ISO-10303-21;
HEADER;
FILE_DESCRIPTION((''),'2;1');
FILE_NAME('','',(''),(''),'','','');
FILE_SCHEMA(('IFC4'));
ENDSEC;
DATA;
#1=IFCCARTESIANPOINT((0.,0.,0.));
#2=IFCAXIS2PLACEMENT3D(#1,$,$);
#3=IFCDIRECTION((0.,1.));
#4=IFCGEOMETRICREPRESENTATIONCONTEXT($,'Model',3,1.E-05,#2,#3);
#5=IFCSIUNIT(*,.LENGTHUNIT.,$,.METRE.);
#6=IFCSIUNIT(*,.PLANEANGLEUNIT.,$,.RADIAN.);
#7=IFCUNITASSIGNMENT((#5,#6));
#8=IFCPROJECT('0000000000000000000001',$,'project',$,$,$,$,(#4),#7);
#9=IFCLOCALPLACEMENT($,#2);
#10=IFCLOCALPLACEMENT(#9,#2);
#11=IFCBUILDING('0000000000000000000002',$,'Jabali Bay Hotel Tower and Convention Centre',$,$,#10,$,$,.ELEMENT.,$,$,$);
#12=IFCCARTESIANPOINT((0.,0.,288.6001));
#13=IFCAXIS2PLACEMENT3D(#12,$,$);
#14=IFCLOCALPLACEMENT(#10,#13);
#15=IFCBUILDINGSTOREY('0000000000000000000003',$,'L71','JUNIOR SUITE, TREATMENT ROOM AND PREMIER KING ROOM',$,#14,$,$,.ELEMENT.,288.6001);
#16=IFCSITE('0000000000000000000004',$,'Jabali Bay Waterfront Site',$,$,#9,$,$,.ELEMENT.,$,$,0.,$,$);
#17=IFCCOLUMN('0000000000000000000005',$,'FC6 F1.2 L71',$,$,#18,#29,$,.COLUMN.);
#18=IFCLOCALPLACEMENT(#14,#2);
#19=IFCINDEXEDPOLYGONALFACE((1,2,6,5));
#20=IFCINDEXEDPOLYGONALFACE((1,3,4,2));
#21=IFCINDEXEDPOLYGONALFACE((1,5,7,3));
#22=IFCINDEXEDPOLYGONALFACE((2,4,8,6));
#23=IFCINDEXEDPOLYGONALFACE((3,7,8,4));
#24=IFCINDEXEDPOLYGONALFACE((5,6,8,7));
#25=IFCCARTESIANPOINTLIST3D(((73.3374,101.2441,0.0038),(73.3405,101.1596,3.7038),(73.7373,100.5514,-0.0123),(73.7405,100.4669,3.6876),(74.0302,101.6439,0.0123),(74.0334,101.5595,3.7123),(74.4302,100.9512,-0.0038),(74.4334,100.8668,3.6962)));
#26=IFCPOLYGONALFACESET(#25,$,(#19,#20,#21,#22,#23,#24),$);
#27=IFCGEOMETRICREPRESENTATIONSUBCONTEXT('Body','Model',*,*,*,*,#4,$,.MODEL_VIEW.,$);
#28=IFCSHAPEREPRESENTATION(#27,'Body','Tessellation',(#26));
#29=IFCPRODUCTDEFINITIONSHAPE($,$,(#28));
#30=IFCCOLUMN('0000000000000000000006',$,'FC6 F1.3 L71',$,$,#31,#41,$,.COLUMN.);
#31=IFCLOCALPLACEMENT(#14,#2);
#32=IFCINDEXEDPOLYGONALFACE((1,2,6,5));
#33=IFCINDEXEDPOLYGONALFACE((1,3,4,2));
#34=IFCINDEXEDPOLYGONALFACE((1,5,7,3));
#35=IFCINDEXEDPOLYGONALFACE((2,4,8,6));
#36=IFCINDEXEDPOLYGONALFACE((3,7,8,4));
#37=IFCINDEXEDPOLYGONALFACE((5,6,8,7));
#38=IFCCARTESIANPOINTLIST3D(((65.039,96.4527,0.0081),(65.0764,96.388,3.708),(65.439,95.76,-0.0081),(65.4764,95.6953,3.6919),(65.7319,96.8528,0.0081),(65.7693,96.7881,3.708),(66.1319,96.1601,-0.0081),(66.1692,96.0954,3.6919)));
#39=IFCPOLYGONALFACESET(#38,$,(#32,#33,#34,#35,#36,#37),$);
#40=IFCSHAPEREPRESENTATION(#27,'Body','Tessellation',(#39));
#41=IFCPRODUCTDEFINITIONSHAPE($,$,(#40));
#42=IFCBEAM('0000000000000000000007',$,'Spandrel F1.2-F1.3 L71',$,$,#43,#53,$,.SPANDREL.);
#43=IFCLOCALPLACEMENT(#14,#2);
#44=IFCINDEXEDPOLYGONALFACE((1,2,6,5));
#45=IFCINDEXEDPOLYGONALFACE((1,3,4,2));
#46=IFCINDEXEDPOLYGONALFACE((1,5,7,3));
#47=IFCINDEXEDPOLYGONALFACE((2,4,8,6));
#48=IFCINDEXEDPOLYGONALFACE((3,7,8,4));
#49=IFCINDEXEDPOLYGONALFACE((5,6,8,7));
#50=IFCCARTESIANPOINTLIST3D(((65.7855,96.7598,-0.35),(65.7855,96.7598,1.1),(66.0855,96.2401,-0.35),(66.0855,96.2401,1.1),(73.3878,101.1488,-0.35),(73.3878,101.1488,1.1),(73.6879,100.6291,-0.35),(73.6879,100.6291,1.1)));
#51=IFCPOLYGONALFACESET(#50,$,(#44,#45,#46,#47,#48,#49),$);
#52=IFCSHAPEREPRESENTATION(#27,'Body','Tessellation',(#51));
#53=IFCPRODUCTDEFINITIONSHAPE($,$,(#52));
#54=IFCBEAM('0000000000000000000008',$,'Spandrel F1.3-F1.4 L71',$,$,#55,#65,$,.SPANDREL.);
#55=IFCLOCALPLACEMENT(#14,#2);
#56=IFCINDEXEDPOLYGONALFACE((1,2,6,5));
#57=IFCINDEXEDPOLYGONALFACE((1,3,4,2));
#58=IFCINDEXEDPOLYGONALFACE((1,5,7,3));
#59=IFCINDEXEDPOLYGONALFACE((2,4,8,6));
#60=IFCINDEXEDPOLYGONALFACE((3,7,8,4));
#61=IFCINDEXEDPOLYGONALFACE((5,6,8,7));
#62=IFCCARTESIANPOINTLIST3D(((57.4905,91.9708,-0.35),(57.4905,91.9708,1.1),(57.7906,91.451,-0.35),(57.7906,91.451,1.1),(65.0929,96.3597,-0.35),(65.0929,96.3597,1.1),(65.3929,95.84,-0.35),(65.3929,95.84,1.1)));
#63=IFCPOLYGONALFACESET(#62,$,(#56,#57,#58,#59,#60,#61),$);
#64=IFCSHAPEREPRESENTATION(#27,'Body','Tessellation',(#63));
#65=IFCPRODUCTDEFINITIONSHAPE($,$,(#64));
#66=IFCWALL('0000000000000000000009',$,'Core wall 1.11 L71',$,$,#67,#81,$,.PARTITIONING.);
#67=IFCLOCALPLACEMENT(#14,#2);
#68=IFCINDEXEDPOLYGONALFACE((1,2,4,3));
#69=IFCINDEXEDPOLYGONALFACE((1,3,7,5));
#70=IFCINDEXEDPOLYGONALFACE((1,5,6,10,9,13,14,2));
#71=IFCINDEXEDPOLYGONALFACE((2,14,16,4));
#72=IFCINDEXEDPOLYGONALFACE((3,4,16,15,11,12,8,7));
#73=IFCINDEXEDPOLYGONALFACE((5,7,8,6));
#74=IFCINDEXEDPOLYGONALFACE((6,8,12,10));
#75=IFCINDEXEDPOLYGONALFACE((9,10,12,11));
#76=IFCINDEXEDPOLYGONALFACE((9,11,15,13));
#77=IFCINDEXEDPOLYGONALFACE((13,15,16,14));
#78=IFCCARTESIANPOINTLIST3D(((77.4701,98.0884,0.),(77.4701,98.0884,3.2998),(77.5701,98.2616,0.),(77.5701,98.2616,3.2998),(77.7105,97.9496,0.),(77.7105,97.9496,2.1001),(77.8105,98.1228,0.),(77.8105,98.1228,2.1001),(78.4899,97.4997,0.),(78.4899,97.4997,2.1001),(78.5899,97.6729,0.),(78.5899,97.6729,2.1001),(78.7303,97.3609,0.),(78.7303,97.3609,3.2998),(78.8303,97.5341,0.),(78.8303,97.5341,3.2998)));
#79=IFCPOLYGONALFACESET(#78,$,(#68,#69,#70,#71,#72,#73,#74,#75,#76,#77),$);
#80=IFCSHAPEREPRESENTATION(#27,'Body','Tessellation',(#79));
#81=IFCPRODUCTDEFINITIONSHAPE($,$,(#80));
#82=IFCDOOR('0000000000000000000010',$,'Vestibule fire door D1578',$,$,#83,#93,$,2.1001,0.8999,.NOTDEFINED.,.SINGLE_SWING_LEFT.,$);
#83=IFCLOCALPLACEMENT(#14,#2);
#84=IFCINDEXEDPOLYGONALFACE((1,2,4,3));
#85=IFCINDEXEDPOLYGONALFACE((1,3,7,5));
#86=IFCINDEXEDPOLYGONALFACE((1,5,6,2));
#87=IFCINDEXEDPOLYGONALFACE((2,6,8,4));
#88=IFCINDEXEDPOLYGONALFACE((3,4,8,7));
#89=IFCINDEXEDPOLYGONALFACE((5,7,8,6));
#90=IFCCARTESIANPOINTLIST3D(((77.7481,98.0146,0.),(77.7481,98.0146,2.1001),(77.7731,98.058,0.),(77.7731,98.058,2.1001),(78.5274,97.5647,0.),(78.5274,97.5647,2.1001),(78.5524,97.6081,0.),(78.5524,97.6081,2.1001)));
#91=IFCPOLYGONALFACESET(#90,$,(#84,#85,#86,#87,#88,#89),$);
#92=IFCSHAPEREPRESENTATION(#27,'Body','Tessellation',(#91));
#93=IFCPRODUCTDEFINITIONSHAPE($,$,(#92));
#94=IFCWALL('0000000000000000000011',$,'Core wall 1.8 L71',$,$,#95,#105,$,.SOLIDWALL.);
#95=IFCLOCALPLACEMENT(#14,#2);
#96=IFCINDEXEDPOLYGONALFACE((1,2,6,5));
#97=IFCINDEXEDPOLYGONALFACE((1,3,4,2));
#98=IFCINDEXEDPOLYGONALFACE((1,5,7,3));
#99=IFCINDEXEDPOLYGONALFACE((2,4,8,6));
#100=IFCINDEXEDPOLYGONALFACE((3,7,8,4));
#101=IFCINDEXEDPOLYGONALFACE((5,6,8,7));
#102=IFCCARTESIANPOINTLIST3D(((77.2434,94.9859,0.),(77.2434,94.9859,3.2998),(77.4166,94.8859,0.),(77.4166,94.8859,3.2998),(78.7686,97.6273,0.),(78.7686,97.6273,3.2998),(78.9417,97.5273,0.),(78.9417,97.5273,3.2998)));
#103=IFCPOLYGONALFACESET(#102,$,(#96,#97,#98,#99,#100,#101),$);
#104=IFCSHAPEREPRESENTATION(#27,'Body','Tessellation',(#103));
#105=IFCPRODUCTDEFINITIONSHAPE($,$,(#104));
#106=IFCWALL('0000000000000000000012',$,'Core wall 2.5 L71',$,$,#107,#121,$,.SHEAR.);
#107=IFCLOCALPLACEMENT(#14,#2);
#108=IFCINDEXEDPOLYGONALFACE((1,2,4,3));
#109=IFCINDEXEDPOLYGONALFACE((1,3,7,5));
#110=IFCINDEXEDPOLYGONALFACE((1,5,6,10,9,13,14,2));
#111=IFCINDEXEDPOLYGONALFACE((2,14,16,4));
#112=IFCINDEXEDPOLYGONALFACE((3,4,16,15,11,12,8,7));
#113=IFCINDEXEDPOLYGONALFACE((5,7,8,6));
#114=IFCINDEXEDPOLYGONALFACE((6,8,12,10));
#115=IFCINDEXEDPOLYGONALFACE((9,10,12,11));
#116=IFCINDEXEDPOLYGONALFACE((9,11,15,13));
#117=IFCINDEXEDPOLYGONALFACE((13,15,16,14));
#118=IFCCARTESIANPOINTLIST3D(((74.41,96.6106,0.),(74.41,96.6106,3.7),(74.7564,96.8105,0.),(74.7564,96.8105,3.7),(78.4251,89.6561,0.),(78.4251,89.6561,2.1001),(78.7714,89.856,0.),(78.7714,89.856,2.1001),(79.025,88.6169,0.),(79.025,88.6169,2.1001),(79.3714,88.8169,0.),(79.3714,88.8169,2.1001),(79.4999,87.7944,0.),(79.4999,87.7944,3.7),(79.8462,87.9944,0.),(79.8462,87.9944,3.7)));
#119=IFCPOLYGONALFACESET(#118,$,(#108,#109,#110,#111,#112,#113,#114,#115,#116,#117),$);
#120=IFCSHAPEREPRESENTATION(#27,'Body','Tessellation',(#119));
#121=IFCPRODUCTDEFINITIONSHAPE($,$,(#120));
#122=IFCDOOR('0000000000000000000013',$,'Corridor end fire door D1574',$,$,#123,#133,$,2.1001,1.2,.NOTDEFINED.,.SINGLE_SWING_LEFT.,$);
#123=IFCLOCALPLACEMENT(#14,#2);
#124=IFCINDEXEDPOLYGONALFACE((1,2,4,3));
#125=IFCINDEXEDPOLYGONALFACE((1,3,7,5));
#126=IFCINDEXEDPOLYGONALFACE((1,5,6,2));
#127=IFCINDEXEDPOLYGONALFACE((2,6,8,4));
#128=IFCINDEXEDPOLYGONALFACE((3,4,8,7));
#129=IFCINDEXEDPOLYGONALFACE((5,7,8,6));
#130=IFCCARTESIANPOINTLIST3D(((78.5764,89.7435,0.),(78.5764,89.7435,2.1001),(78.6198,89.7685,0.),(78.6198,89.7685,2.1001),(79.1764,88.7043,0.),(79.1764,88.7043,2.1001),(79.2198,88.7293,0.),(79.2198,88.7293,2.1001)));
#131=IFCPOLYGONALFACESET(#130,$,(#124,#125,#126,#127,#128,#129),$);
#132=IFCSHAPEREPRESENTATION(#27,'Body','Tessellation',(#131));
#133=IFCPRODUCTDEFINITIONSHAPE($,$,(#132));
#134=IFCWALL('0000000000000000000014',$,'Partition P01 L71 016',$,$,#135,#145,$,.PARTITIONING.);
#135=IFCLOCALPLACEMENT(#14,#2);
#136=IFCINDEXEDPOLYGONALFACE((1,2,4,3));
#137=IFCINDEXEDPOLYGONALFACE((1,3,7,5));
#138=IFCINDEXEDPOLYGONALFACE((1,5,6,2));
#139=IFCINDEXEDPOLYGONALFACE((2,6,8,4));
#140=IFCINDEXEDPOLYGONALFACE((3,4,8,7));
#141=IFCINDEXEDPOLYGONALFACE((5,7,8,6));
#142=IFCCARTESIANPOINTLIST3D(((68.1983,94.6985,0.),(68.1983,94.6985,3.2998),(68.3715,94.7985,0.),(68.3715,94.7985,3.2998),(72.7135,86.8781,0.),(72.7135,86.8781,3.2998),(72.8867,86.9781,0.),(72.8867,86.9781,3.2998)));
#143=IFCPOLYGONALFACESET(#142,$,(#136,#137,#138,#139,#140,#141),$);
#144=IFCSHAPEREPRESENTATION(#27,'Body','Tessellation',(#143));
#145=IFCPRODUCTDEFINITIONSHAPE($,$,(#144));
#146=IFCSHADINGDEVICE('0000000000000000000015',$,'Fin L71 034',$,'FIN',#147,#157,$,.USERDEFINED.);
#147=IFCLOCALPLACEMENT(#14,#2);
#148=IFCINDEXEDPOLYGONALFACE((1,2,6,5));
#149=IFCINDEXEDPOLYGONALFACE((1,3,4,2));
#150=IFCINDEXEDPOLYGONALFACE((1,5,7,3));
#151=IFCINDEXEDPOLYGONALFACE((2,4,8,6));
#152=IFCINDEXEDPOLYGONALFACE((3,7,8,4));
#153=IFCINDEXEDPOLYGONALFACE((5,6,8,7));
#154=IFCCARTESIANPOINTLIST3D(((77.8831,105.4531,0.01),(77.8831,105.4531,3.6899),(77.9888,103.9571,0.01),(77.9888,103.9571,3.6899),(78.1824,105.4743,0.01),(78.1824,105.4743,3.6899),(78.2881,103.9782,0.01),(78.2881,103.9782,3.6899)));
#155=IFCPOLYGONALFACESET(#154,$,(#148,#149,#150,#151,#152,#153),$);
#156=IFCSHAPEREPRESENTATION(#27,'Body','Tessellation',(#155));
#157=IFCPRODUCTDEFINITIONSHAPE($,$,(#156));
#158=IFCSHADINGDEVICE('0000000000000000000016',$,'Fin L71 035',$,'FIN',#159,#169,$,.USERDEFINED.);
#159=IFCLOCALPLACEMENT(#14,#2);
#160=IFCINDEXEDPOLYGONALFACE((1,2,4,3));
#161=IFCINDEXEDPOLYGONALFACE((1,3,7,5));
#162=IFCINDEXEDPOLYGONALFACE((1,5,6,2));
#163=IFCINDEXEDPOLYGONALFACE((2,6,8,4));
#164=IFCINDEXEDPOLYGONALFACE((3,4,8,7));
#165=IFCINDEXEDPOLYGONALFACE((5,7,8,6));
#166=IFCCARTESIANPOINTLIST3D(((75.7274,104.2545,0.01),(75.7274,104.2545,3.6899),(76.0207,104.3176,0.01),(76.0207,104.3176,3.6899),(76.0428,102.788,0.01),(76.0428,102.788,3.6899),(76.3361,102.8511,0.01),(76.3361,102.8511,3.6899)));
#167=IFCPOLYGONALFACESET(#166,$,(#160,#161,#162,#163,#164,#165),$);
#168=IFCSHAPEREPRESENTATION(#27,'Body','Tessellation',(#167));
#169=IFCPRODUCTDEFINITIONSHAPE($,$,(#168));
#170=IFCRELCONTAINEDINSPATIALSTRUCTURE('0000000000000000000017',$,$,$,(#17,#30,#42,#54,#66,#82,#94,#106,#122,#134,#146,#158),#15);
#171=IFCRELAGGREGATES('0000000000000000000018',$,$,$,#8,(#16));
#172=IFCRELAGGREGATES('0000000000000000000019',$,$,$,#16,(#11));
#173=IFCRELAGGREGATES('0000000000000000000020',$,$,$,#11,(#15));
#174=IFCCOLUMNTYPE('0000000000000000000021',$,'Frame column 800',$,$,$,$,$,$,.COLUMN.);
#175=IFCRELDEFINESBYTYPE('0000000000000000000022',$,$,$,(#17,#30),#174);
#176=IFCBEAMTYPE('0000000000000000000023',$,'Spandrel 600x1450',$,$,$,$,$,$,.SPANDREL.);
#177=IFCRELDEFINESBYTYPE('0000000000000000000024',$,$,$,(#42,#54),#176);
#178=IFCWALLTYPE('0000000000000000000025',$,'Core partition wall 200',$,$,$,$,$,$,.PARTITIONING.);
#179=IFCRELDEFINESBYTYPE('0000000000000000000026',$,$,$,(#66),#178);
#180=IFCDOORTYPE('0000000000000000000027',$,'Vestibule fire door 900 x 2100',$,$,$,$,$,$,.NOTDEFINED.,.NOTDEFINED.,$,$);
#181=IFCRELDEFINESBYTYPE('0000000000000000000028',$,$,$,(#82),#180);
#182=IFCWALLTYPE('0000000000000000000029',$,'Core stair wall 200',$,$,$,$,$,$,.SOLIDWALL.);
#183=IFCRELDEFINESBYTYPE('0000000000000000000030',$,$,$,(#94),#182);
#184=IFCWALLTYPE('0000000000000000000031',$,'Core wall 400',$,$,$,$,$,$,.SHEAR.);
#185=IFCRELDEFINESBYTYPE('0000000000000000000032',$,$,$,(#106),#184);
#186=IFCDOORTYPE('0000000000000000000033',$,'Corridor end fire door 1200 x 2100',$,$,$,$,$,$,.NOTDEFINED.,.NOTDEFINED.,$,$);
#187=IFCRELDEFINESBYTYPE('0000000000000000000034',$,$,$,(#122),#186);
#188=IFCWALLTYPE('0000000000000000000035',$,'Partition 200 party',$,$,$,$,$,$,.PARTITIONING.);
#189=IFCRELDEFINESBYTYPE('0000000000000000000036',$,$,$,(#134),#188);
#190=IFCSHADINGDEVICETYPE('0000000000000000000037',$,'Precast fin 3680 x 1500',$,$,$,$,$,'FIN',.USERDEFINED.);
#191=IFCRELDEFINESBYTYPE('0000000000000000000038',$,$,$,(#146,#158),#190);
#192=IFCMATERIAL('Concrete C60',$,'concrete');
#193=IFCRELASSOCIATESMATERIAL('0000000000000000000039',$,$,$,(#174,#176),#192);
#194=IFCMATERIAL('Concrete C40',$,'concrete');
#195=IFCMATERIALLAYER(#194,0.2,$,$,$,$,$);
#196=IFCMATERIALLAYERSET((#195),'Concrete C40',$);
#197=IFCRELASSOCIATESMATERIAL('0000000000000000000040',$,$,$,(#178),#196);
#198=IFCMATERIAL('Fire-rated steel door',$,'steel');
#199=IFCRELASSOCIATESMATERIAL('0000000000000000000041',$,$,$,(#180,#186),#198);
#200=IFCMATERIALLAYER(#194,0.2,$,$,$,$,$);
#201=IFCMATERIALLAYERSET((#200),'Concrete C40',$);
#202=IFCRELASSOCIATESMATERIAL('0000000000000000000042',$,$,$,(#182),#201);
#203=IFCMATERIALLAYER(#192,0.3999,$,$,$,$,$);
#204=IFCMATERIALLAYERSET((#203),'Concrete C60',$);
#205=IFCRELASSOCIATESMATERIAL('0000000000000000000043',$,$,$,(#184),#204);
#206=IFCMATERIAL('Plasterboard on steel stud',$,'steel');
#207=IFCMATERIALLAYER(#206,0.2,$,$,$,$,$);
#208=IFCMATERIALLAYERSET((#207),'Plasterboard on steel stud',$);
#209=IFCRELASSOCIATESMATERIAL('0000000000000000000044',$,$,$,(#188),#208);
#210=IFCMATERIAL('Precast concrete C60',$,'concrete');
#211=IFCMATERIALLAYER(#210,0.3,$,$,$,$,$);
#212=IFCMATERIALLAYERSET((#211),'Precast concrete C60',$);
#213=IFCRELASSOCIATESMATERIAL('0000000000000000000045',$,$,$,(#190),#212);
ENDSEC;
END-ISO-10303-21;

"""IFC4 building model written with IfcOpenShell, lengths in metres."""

from ifc_helpers import new_model, si_unit, direction, frame, frame_2d, origin, origin_2d, place, context, subcontext, project, spatial, rectangle, extrude, material, layer, layer_set, material_profile, profile_set, type_object, element, fill, save


model = new_model("IFC4")

# Units and contexts
model_context = context("Model", 3, precision=1e-05, world=origin(), true_north=direction((0.0, 1.0)))
body_context = subcontext(model_context, "Body", "Model", "MODEL_VIEW")
ifc_project = project(units=[si_unit("LENGTHUNIT", "METRE"), si_unit("PLANEANGLEUNIT", "RADIAN")], contexts=[model_context])

# Site, building, storey
site_placement = place(None, origin())
site = spatial("IfcSite", under=ifc_project, at=site_placement, Name="Jabali Bay Waterfront Site", CompositionType="ELEMENT", RefElevation=0.0)
building_placement = place(site_placement, origin())
building = spatial("IfcBuilding", under=site, at=building_placement, Name="Jabali Bay Hotel Tower and Convention Centre", CompositionType="ELEMENT")
storey_placement = place(building_placement, frame((0.0, 0.0, 288.6001)))
storey = spatial("IfcBuildingStorey", under=building, at=storey_placement, Name="L71", Description="JUNIOR SUITE, TREATMENT ROOM AND PREMIER KING ROOM", CompositionType="ELEMENT", Elevation=288.6001)

# Columns
ifc_material_1 = material(Name="Concrete C60", Category="concrete")
ifc_material_profile_1 = material_profile(ifc_material_1, rectangle(XDim=0.8, YDim=0.8, at=origin_2d()), Name="Frame column 800")
ifc_profile_set_1 = profile_set([ifc_material_profile_1], Name="Concrete C60")
column_type = type_object("IfcColumnType", Name="Frame column 800", PredefinedType="COLUMN", material=ifc_profile_set_1)
column_1_placement = place(storey_placement, frame((73.8838, 101.0977, 0.0), z_axis=(0.000858, -0.022825, 0.999739), x_axis=(0.86606, 0.499826, 0.010668)))
element("IfcColumn", 1, at=column_1_placement, inside=storey, type_object=column_type, Name="FC6 F1.2 L71", PredefinedType="COLUMN", context=body_context, shape_type="SweptSolid", body=[
    extrude(rectangle(XDim=0.8, YDim=0.8, at=origin_2d()), origin(), (0.0, 0.0, 1.0), 3.7009),
])
column_2_placement = place(storey_placement, frame((65.5854, 96.3064, 0.0), z_axis=(0.010094, -0.017482, 0.999796), x_axis=(0.866017, 0.500015, 0.0)))
element("IfcColumn", 2, at=column_2_placement, inside=storey, type_object=column_type, Name="FC6 F1.3 L71", PredefinedType="COLUMN", context=body_context, shape_type="SweptSolid", body=[
    extrude(rectangle(XDim=0.8, YDim=0.8, at=origin_2d()), origin(), (0.0, 0.0, 1.0), 3.7007),
])

# Beams
ifc_material_profile_2 = material_profile(ifc_material_1, rectangle(XDim=0.6001, YDim=1.45, at=origin_2d()), Name="Spandrel 600x1450")
ifc_profile_set_2 = profile_set([ifc_material_profile_2], Name="Concrete C60")
beam_type = type_object("IfcBeamType", Name="Spandrel 600x1450", PredefinedType="SPANDREL", material=ifc_profile_set_2)
for number, where, z_axis, x_axis, name in (
    (3, (73.5378, 100.8889, 0.375), (-0.866039, -0.499977, 0.0), (0.499977, -0.866039, 0.0), "Spandrel F1.2-F1.3 L71"),
    (4, (65.2429, 96.0999, 0.375), (-0.866039, -0.499977, 0.0), (0.499977, -0.866039, 0.0), "Spandrel F1.3-F1.4 L71"),
):
    element("IfcBeam", number, at=place(storey_placement, frame(where, z_axis=z_axis, x_axis=x_axis)), inside=storey, type_object=beam_type, Name=name, PredefinedType="SPANDREL", context=body_context, shape_type="SweptSolid", body=[
        extrude(rectangle(XDim=0.6001, YDim=1.45, at=origin_2d()), origin(), (0.0, 0.0, 1.0), 8.7783),
    ])

# Wall, opening, door
ifc_material_2 = material(Name="Concrete C40", Category="concrete")
ifc_layer_1 = layer(ifc_material_2, 0.2)
ifc_layer_set_1 = layer_set([ifc_layer_1], Name="Concrete C40")
wall_type_1 = type_object("IfcWallType", Name="Core partition wall 200", PredefinedType="PARTITIONING", material=ifc_layer_set_1)
wall_1_placement = place(storey_placement, frame((78.7803, 97.4475, 0.0), z_axis=(0.0, 0.0, 1.0), x_axis=(-0.866046, 0.499965, 0.0)))
wall_1 = element("IfcWall", 5, at=wall_1_placement, inside=storey, type_object=wall_type_1, Name="Core wall 1.11 L71", PredefinedType="PARTITIONING", context=body_context, shape_type="SweptSolid", body=[
    extrude(rectangle(XDim=1.4551, YDim=0.2, at=frame_2d((0.7275, 0.0))), origin(), (0.0, 0.0, 1.0), 3.2998),
])
opening_1_placement = place(wall_1_placement, frame((0.2776, 0.0, 0.0)))
opening_1 = element("IfcOpeningElement", 6, at=opening_1_placement, cuts=wall_1, PredefinedType="OPENING", context=body_context, shape_type="SweptSolid", body=[
    extrude(rectangle(XDim=0.8999, YDim=2.1001, at=frame_2d((0.45, 1.05))), frame((0.0, 0.1104, 0.0), z_axis=(0.0, -1.0, 0.0), x_axis=(1.0, 0.0, 0.0)), (0.0, 0.0, 1.0), 0.2209),
])
ifc_material_3 = material(Name="Fire-rated steel door", Category="steel")
door_type_1 = type_object("IfcDoorType", Name="Vestibule fire door 900 x 2100", OperationType="NOTDEFINED", PredefinedType="NOTDEFINED", material=ifc_material_3)
door_1_placement = place(opening_1_placement, origin())
door_1 = element("IfcDoor", 7, at=door_1_placement, inside=storey, type_object=door_type_1, Name="Vestibule fire door D1578", OperationType="SINGLE_SWING_LEFT", OverallHeight=2.1001, OverallWidth=0.8999, PredefinedType="NOTDEFINED", context=body_context, shape_type="SweptSolid", body=[
    extrude(rectangle(XDim=0.8999, YDim=2.1001, at=frame_2d((0.45, 1.05))), frame((0.0, 0.0249, 0.0), z_axis=(0.0, -1.0, 0.0), x_axis=(1.0, 0.0, 0.0)), (0.0, 0.0, 1.0), 0.05),
])
fill(opening_1, door_1)

# Wall
ifc_layer_2 = layer(ifc_material_2, 0.2)
ifc_layer_set_2 = layer_set([ifc_layer_2], Name="Concrete C40")
wall_type_2 = type_object("IfcWallType", Name="Core stair wall 200", PredefinedType="SOLIDWALL", material=ifc_layer_set_2)
wall_2_placement = place(storey_placement, frame((77.3301, 94.936, 0.0), z_axis=(0.0, 0.0, 1.0), x_axis=(0.500039, 0.866003, 0.0)))
element("IfcWall", 8, at=wall_2_placement, inside=storey, type_object=wall_type_2, Name="Core wall 1.8 L71", PredefinedType="SOLIDWALL", context=body_context, shape_type="SweptSolid", body=[
    extrude(rectangle(XDim=3.05, YDim=0.2, at=frame_2d((1.5249, 0.0))), origin(), (0.0, 0.0, 1.0), 3.2998),
])

# Wall, opening, door
ifc_layer_3 = layer(ifc_material_1, 0.3999)
ifc_layer_set_3 = layer_set([ifc_layer_3], Name="Concrete C60")
wall_type_3 = type_object("IfcWallType", Name="Core wall 400", PredefinedType="SHEAR", material=ifc_layer_set_3)
wall_3_placement = place(storey_placement, frame((74.5833, 96.7104, 0.0), z_axis=(0.0, 0.0, 1.0), x_axis=(0.499987, -0.866033, 0.0)))
wall_3 = element("IfcWall", 9, at=wall_3_placement, inside=storey, type_object=wall_type_3, Name="Core wall 2.5 L71", PredefinedType="SHEAR", context=body_context, shape_type="SweptSolid", body=[
    extrude(rectangle(XDim=10.1799, YDim=0.3999, at=frame_2d((5.0898, 0.0))), origin(), (0.0, 0.0, 1.0), 3.7),
])
opening_2_placement = place(wall_3_placement, frame((8.03, 0.0, 0.0)))
opening_2 = element("IfcOpeningElement", 10, at=opening_2_placement, cuts=wall_3, PredefinedType="OPENING", context=body_context, shape_type="SweptSolid", body=[
    extrude(rectangle(XDim=1.2, YDim=2.1001, at=frame_2d((0.6001, 1.05))), frame((0.0, 0.2104, 0.0), z_axis=(0.0, -1.0, 0.0), x_axis=(1.0, 0.0, 0.0)), (0.0, 0.0, 1.0), 0.4209),
])
door_type_2 = type_object("IfcDoorType", Name="Corridor end fire door 1200 x 2100", OperationType="NOTDEFINED", PredefinedType="NOTDEFINED", material=ifc_material_3)
door_2_placement = place(opening_2_placement, origin())
door_2 = element("IfcDoor", 11, at=door_2_placement, inside=storey, type_object=door_type_2, Name="Corridor end fire door D1574", OperationType="SINGLE_SWING_LEFT", OverallHeight=2.1001, OverallWidth=1.2, PredefinedType="NOTDEFINED", context=body_context, shape_type="SweptSolid", body=[
    extrude(rectangle(XDim=1.2, YDim=2.1001, at=frame_2d((0.6001, 1.05))), frame((0.0, 0.0249, 0.0), z_axis=(0.0, -1.0, 0.0), x_axis=(1.0, 0.0, 0.0)), (0.0, 0.0, 1.0), 0.05),
])
fill(opening_2, door_2)

# Wall
ifc_material_4 = material(Name="Plasterboard on steel stud", Category="steel")
ifc_layer_4 = layer(ifc_material_4, 0.2)
ifc_layer_set_4 = layer_set([ifc_layer_4], Name="Plasterboard on steel stud")
wall_type_4 = type_object("IfcWallType", Name="Partition 200 party", PredefinedType="PARTITIONING", material=ifc_layer_set_4)
wall_4_placement = place(storey_placement, frame((68.2849, 94.7485, 0.0), z_axis=(0.0, 0.0, 1.0), x_axis=(0.500006, -0.866022, 0.0)))
element("IfcWall", 12, at=wall_4_placement, inside=storey, type_object=wall_type_4, Name="Partition P01 L71 016", PredefinedType="PARTITIONING", context=body_context, shape_type="SweptSolid", body=[
    extrude(rectangle(XDim=9.0303, YDim=0.2, at=frame_2d((4.5151, 0.0))), origin(), (0.0, 0.0, 1.0), 3.2998),
])

# Shading devices
ifc_material_5 = material(Name="Precast concrete C60", Category="concrete")
ifc_layer_5 = layer(ifc_material_5, 0.3)
ifc_layer_set_5 = layer_set([ifc_layer_5], Name="Precast concrete C60")
shading_device_type = type_object("IfcShadingDeviceType", Name="Precast fin 3680 x 1500", ElementType="FIN", PredefinedType="USERDEFINED", material=ifc_layer_set_5)
shading_device_1_placement = place(storey_placement, frame((78.1384, 103.9675, 0.01), z_axis=(0.0, 0.0, 1.0), x_axis=(-0.070484, 0.997513, 0.0)))
element("IfcShadingDevice", 13, at=shading_device_1_placement, inside=storey, type_object=shading_device_type, Name="Fin L71 034", ObjectType="FIN", PredefinedType="USERDEFINED", context=body_context, shape_type="SweptSolid", body=[
    extrude(rectangle(XDim=1.4998, YDim=0.3, at=frame_2d((0.75, 0.0))), origin(), (0.0, 0.0, 1.0), 3.6799),
])
for number, where, z_axis, x_axis, name in (
    (14, (76.1895, 102.8196, 0.01), (0.0, 0.0, 1.0), (-0.210274, 0.977643, 0.0), "Fin L71 035"),
):
    element("IfcShadingDevice", number, at=place(storey_placement, frame(where, z_axis=z_axis, x_axis=x_axis)), inside=storey, type_object=shading_device_type, Name=name, ObjectType="FIN", PredefinedType="USERDEFINED", context=body_context, shape_type="SweptSolid", body=[
        extrude(rectangle(XDim=1.5, YDim=0.3, at=frame_2d((0.75, 0.0))), origin(), (0.0, 0.0, 1.0), 3.6799),
    ])

save(model, "model.ifc")
